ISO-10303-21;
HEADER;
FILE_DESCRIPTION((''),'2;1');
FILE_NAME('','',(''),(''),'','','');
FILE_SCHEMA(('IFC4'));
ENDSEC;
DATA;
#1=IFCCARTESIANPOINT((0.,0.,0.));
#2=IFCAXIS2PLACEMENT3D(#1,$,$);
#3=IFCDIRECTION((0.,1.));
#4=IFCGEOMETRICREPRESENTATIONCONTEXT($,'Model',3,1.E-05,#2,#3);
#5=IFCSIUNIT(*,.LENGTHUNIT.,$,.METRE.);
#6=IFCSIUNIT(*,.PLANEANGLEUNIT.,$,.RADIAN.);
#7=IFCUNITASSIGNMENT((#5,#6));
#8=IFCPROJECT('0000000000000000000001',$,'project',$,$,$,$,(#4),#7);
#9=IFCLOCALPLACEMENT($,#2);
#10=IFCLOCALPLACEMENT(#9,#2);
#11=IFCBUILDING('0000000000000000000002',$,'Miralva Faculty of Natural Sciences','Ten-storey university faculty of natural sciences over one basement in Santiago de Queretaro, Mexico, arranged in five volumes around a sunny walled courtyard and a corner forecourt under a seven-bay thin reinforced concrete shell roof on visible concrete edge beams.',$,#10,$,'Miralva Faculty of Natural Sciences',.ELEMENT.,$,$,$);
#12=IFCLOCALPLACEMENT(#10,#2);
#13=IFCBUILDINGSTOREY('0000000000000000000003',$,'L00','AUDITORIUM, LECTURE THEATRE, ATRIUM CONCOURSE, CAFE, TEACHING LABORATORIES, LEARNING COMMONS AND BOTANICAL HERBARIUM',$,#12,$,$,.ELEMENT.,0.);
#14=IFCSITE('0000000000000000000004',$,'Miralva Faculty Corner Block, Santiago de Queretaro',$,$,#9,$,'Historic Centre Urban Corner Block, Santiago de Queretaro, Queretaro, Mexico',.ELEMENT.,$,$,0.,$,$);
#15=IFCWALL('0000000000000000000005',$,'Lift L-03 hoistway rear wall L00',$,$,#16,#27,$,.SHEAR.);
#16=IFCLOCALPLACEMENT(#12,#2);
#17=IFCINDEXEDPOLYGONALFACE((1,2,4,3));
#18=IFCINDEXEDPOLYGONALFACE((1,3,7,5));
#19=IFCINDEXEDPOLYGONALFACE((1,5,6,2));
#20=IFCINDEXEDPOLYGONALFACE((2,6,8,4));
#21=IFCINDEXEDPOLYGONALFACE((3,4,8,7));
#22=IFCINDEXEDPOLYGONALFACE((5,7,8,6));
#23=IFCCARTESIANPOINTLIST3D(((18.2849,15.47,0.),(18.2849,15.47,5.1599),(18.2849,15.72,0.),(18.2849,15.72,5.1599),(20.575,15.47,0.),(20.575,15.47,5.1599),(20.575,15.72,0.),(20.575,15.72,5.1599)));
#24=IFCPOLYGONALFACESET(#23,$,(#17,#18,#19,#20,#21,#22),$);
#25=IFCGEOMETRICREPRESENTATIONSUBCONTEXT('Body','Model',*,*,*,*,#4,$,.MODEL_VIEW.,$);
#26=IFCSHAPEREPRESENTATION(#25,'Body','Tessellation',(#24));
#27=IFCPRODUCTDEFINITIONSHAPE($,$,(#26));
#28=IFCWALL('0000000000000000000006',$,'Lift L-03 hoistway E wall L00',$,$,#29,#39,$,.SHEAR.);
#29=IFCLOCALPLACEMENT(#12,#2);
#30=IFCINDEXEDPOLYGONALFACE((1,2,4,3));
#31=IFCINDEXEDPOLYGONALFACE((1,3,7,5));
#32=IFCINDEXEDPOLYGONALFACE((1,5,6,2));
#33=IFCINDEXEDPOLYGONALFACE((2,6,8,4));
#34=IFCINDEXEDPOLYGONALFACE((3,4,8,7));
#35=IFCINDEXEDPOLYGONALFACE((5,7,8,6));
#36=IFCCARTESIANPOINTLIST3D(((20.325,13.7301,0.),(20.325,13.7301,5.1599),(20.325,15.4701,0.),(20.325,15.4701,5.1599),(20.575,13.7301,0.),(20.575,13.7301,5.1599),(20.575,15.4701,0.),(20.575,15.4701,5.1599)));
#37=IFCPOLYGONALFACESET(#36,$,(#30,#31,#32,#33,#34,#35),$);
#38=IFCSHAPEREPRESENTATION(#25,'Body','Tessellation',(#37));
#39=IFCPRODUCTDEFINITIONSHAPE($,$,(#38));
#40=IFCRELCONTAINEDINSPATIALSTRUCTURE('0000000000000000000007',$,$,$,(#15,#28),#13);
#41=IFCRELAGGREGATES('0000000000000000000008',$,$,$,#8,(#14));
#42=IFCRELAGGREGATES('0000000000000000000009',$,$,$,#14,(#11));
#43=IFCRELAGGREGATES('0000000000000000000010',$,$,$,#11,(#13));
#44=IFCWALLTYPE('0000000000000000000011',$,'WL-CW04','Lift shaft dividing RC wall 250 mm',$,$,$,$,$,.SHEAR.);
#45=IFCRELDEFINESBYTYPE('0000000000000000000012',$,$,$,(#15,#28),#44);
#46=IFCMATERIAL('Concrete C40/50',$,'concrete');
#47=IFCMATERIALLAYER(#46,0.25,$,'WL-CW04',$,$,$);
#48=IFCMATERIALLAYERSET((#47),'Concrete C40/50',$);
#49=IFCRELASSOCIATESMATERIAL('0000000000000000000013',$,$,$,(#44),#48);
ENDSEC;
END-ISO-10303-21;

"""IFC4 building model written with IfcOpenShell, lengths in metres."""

from ifc_helpers import new_model, si_unit, direction, frame, frame_2d, origin, place, context, subcontext, project, spatial, rectangle, extrude, material, layer, layer_set, type_object, element, save


model = new_model("IFC4")

# Units and contexts
model_context = context("Model", 3, precision=1e-05, world=origin(), true_north=direction((0.0, 1.0)))
body_context = subcontext(model_context, "Body", "Model", "MODEL_VIEW")
ifc_project = project(units=[si_unit("LENGTHUNIT", "METRE"), si_unit("PLANEANGLEUNIT", "RADIAN")], contexts=[model_context])

# Site, building, storey
site_placement = place(None, origin())
site = spatial("IfcSite", under=ifc_project, at=site_placement, Name="Miralva Faculty Corner Block, Santiago de Queretaro", LongName="Historic Centre Urban Corner Block, Santiago de Queretaro, Queretaro, Mexico", CompositionType="ELEMENT", RefElevation=0.0)
building_placement = place(site_placement, origin())
building = spatial("IfcBuilding", under=site, at=building_placement, Name="Miralva Faculty of Natural Sciences", Description="Ten-storey university faculty of natural sciences over one basement in Santiago de Queretaro, Mexico, arranged in five volumes around a sunny walled courtyard and a corner forecourt under a seven-bay thin reinforced concrete shell roof on visible concrete edge beams.", LongName="Miralva Faculty of Natural Sciences", CompositionType="ELEMENT")
storey_placement = place(building_placement, origin())
storey = spatial("IfcBuildingStorey", under=building, at=storey_placement, Name="L00", Description="AUDITORIUM, LECTURE THEATRE, ATRIUM CONCOURSE, CAFE, TEACHING LABORATORIES, LEARNING COMMONS AND BOTANICAL HERBARIUM", CompositionType="ELEMENT", Elevation=0.0)

# Shared definitions
ifc_material_1 = material(Name="Concrete C40/50", Category="concrete")

# Shared definitions
ifc_layer_1 = layer(ifc_material_1, 0.25, Name="WL-CW04")
ifc_layer_set_1 = layer_set([ifc_layer_1], Name="Concrete C40/50")
wall_type_1 = type_object("IfcWallType", Name="WL-CW04", Description="Lift shaft dividing RC wall 250 mm", PredefinedType="SHEAR", material=ifc_layer_set_1)

# Walls
wall_1_placement = place(storey_placement, frame((18.2849, 15.595, 0.0), z_axis=(0.0, 0.0, 1.0), x_axis=(1.0, 0.0, 0.0)))
element("IfcWall", 1, at=wall_1_placement, inside=storey, type_object=wall_type_1, Name="Lift L-03 hoistway rear wall L00", PredefinedType="SHEAR", context=body_context, shape_type="SweptSolid", body=[
    extrude(rectangle(XDim=2.29, YDim=0.25, at=frame_2d((1.145, 0.0))), origin(), (0.0, 0.0, 1.0), 5.1599),
])
wall_2_placement = place(storey_placement, frame((20.45, 13.73, 0.0), z_axis=(0.0, 0.0, 1.0), x_axis=(0.0, 1.0, 0.0)))
element("IfcWall", 2, at=wall_2_placement, inside=storey, type_object=wall_type_1, Name="Lift L-03 hoistway E wall L00", PredefinedType="SHEAR", context=body_context, shape_type="SweptSolid", body=[
    extrude(rectangle(XDim=1.74, YDim=0.25, at=frame_2d((0.8701, 0.0))), origin(), (0.0, 0.0, 1.0), 5.1599),
])

save(model, "model.ifc")
